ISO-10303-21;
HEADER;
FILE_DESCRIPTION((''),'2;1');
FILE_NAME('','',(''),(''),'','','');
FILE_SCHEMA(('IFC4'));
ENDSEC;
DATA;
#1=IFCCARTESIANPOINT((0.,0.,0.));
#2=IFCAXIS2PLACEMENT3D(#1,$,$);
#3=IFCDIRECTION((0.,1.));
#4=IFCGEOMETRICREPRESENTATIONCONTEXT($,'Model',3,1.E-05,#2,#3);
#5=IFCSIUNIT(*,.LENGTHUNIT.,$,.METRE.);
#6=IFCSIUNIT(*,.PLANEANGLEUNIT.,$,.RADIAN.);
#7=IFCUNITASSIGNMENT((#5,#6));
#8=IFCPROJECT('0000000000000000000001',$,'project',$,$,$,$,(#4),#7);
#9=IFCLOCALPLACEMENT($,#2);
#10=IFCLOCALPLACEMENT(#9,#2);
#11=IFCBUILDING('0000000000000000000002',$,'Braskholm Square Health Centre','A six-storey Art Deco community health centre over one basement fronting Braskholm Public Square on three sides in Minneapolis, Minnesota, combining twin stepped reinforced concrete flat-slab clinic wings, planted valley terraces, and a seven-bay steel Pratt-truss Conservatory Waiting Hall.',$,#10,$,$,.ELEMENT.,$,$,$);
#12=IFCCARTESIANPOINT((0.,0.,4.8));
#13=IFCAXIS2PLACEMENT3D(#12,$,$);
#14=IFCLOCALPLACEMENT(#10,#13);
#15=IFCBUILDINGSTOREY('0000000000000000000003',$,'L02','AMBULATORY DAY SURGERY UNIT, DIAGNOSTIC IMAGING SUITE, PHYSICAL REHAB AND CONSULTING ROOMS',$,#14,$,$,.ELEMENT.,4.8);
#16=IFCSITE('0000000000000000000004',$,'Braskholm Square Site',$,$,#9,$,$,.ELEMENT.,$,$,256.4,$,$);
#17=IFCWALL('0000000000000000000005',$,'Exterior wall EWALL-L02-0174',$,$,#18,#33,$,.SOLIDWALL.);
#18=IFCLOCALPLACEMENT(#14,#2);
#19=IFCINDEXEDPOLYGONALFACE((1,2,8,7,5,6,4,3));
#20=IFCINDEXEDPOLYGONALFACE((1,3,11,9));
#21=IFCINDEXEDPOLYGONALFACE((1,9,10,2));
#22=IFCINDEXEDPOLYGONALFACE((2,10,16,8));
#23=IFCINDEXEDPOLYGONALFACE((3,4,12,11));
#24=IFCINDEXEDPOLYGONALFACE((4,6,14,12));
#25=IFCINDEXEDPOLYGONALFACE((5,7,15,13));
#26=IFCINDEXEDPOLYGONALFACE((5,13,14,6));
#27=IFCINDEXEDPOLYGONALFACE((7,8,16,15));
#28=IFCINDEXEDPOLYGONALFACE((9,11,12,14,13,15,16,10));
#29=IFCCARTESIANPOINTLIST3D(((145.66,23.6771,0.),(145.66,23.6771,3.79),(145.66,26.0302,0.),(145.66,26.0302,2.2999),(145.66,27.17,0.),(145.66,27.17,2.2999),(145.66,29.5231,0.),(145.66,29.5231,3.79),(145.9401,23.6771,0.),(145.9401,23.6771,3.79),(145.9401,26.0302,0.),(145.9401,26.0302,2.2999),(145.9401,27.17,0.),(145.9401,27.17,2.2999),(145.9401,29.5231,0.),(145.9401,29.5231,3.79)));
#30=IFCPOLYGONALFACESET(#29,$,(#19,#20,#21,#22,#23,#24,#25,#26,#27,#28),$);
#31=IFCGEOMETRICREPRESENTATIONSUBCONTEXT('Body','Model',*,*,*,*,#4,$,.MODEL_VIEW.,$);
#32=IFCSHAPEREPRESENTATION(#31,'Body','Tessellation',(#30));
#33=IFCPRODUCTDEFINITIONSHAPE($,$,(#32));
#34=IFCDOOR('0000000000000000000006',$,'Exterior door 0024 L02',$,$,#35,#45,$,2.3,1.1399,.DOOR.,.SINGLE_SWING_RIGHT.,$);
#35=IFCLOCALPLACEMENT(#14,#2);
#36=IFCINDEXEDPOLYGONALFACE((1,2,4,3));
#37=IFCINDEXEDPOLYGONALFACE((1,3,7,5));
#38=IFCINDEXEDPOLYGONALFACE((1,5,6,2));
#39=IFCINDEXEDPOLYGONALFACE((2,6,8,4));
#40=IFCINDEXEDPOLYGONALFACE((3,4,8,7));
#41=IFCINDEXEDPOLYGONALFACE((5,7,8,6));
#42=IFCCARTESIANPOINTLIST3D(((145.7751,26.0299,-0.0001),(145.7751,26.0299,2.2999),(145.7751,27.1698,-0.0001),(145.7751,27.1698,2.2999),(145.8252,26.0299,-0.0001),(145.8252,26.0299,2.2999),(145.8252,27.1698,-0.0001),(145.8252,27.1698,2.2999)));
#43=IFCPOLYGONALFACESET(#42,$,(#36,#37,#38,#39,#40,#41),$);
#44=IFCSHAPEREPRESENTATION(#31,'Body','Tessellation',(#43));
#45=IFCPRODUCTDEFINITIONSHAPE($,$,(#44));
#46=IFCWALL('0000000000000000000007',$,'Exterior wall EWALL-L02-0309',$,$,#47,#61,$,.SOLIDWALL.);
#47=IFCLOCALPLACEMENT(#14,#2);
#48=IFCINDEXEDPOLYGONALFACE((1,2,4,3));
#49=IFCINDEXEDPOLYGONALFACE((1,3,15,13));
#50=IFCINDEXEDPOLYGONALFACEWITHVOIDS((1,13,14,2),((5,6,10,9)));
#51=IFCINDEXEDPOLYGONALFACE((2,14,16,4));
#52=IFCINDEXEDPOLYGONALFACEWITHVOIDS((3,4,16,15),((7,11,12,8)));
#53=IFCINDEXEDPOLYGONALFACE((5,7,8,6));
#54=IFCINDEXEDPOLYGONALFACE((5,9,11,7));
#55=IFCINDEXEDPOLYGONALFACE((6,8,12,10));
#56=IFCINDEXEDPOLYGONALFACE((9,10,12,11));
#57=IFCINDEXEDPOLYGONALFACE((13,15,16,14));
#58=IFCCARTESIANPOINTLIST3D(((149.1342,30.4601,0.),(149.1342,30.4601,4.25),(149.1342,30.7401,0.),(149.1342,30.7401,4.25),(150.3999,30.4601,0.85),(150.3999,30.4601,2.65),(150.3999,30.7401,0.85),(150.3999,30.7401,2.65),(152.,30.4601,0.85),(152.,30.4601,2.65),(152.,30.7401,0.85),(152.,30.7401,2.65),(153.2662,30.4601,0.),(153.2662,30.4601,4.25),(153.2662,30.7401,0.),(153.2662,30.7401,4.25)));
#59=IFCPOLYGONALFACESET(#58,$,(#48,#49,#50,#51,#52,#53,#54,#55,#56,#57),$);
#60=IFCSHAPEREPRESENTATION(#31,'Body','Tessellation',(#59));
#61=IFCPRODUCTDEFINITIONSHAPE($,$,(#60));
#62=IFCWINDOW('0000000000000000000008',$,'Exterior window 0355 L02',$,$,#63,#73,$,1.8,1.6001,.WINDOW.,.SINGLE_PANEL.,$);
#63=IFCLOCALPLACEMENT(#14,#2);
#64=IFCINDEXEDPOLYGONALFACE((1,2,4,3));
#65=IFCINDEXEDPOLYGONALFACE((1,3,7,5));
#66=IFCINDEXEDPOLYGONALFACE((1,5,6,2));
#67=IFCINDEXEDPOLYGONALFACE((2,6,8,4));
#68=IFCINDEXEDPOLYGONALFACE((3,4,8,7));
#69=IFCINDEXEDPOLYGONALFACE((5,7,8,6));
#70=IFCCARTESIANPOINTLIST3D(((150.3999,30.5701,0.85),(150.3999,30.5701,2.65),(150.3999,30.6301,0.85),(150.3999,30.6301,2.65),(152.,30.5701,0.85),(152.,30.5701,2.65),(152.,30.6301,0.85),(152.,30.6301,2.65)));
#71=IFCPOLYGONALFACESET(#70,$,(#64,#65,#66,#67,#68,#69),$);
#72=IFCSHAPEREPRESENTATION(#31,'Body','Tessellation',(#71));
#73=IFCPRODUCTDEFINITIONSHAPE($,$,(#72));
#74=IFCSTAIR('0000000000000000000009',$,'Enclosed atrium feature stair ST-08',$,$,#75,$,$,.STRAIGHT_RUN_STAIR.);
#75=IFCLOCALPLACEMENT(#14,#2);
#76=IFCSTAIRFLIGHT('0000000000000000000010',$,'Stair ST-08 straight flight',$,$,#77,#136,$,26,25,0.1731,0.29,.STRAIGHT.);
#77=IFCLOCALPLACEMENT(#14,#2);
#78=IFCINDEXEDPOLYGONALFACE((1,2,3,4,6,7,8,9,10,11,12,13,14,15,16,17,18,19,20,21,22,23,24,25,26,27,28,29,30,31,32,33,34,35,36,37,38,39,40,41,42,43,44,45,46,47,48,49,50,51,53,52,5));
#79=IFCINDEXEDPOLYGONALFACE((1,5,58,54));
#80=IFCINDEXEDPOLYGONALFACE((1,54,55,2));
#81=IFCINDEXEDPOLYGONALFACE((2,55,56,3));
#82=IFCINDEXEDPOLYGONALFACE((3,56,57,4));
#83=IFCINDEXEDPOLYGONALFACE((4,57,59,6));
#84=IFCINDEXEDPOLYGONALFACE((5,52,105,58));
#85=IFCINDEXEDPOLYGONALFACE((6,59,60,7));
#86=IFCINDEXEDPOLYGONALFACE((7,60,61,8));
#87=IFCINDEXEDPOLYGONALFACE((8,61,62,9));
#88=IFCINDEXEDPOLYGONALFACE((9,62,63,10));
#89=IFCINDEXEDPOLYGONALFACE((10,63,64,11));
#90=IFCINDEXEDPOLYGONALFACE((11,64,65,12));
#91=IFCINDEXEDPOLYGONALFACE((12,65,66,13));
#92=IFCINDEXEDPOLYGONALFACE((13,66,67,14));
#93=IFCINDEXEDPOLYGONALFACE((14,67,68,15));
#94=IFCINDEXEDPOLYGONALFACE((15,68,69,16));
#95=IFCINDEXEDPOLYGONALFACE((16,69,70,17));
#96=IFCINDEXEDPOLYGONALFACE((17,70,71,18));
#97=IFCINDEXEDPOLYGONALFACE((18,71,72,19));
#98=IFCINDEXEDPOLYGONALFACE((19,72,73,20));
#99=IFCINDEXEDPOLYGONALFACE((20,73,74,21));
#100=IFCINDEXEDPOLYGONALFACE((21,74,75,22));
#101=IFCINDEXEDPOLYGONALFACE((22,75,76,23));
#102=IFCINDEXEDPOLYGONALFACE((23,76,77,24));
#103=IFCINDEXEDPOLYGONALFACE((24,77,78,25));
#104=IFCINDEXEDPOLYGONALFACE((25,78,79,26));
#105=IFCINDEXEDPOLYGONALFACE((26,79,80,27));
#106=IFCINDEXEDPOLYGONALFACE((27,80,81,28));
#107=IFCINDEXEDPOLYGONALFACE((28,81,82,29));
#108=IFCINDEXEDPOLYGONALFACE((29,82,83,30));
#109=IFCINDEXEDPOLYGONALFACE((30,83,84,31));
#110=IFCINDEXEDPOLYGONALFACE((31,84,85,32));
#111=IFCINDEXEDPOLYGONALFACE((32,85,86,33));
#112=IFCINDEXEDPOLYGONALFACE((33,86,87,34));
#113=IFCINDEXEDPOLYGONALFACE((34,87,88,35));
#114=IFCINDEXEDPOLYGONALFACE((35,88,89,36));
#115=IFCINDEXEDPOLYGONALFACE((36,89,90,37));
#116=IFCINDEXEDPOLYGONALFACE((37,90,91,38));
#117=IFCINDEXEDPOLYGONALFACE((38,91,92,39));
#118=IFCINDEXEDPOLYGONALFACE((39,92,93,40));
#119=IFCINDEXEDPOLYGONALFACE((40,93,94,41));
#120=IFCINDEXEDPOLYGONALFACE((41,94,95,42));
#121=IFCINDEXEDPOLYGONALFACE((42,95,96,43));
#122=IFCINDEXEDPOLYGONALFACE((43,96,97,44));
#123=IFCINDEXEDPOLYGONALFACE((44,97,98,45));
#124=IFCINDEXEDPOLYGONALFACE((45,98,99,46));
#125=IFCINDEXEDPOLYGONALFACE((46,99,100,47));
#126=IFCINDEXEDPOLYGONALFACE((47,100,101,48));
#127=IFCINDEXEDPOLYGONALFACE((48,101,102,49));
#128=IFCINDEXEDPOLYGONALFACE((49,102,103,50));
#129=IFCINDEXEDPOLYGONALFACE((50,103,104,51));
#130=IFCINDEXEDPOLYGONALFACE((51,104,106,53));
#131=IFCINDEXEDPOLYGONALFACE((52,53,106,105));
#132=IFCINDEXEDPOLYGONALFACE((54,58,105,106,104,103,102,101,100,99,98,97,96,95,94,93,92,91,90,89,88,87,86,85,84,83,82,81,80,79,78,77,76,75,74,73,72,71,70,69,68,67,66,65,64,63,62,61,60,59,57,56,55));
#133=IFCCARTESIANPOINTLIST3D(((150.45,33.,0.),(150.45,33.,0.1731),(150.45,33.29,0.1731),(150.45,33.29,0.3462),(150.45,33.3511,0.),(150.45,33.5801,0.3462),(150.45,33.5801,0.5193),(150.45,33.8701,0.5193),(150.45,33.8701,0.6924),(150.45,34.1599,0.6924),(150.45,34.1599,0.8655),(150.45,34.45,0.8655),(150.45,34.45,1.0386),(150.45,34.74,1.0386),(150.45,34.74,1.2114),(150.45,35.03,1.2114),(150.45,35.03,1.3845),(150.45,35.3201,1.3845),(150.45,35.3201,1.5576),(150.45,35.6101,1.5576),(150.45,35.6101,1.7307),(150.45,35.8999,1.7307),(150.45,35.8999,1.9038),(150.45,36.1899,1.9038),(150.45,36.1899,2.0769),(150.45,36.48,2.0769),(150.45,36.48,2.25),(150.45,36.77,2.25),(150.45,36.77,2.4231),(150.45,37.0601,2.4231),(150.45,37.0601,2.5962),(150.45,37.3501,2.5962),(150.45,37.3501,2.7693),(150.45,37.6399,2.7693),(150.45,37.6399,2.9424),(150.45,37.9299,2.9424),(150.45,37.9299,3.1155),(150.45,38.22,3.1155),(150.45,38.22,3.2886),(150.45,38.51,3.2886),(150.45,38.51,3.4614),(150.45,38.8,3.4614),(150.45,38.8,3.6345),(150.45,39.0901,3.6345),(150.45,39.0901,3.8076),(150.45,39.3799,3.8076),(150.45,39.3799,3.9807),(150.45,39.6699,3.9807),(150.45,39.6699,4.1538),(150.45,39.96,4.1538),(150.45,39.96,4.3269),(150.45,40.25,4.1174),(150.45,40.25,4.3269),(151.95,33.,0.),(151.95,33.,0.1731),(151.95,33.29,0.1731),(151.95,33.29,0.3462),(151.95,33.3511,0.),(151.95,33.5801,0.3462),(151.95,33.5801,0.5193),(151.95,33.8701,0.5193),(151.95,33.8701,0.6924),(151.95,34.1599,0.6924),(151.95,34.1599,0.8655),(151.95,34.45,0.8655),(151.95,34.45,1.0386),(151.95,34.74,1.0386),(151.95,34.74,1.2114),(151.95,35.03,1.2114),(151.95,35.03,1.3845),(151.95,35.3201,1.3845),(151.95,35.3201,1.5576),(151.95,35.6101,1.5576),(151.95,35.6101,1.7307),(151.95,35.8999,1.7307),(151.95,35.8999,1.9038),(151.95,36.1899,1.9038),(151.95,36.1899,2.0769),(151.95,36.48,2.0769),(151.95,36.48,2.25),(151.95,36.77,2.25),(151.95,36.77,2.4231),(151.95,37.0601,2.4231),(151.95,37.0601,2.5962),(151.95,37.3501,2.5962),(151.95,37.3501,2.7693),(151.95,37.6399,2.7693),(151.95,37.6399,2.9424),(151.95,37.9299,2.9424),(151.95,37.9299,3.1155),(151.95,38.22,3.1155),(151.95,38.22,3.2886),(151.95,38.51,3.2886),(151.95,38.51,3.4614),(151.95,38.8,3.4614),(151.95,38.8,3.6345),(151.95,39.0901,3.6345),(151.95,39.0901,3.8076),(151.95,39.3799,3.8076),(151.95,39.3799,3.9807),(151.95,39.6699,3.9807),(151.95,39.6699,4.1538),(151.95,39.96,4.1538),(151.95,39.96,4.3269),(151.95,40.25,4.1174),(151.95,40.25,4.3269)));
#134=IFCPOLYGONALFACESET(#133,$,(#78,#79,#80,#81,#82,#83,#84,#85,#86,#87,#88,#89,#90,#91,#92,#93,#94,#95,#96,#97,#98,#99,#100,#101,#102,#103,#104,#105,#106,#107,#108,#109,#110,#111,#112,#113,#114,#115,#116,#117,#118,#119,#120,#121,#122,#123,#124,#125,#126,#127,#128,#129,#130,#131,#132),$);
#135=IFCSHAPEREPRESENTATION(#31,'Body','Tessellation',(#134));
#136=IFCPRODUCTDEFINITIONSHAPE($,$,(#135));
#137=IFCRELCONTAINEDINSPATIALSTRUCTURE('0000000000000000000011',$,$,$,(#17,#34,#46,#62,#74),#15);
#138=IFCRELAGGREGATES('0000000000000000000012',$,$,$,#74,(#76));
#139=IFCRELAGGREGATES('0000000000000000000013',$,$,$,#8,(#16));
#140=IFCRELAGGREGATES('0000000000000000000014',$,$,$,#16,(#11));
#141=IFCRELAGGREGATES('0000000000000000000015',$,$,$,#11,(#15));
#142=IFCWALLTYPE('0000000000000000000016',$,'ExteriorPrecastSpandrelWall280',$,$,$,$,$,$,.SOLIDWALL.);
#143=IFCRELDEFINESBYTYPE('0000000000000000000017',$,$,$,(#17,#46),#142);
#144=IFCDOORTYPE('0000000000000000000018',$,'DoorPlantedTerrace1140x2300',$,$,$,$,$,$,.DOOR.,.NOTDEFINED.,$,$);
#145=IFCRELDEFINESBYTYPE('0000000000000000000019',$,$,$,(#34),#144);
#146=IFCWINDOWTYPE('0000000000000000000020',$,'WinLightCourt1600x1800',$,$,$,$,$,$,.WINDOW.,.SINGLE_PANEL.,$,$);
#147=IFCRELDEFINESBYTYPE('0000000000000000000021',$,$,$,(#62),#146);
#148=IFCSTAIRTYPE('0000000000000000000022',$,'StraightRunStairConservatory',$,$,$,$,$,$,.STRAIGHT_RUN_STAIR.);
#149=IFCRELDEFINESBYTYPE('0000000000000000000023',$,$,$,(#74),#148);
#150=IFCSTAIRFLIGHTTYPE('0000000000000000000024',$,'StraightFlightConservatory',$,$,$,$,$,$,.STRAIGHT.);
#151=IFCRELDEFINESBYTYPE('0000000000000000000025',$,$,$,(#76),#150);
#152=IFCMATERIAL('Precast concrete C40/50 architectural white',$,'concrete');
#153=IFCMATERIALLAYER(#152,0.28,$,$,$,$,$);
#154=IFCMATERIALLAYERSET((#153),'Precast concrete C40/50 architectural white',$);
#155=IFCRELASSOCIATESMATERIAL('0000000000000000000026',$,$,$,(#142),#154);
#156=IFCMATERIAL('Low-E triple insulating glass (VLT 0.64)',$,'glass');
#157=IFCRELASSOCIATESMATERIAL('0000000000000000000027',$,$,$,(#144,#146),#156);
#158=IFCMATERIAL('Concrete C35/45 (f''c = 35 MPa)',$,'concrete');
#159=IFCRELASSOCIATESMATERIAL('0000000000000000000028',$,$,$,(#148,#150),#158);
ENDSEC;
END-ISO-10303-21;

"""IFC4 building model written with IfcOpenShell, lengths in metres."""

from ifc_helpers import new_model, si_unit, direction, frame, frame_2d, origin, origin_with_axes, place, context, subcontext, project, spatial, polyline, rectangle, outline, extrude, material, layer, layer_set, type_object, element, fill, aggregate, save


model = new_model("IFC4")

# Units and contexts
model_context = context("Model", 3, precision=1e-05, world=origin(), true_north=direction((0.0, 1.0)))
body_context = subcontext(model_context, "Body", "Model", "MODEL_VIEW")
ifc_project = project(units=[si_unit("LENGTHUNIT", "METRE"), si_unit("PLANEANGLEUNIT", "RADIAN")], contexts=[model_context])

# Site, building, storey
site_placement = place(None, origin())
site = spatial("IfcSite", under=ifc_project, at=site_placement, Name="Braskholm Square Site", CompositionType="ELEMENT", RefElevation=256.4)
building_placement = place(site_placement, origin())
building = spatial("IfcBuilding", under=site, at=building_placement, Name="Braskholm Square Health Centre", Description="A six-storey Art Deco community health centre over one basement fronting Braskholm Public Square on three sides in Minneapolis, Minnesota, combining twin stepped reinforced concrete flat-slab clinic wings, planted valley terraces, and a seven-bay steel Pratt-truss Conservatory Waiting Hall.", CompositionType="ELEMENT")
storey_placement = place(building_placement, frame((0.0, 0.0, 4.8)))
storey = spatial("IfcBuildingStorey", under=building, at=storey_placement, Name="L02", Description="AMBULATORY DAY SURGERY UNIT, DIAGNOSTIC IMAGING SUITE, PHYSICAL REHAB AND CONSULTING ROOMS", CompositionType="ELEMENT", Elevation=4.8)

# Shared definitions
ifc_material_1 = material(Name="Low-E triple insulating glass (VLT 0.64)", Category="glass")

# Shared definitions
ifc_material_2 = material(Name="Concrete C35/45 (f'c = 35 MPa)", Category="concrete")
ifc_material_3 = material(Name="Precast concrete C40/50 architectural white", Category="concrete")

# Wall, opening, door
ifc_layer_1 = layer(ifc_material_3, 0.28)
ifc_layer_set_1 = layer_set([ifc_layer_1], Name="Precast concrete C40/50 architectural white")
wall_type_1 = type_object("IfcWallType", Name="ExteriorPrecastSpandrelWall280", PredefinedType="SOLIDWALL", material=ifc_layer_set_1)
wall_1_placement = place(storey_placement, frame((145.8, 29.5229, 0.0), z_axis=(0.0, 0.0, 1.0), x_axis=(0.0, -1.0, 0.0)))
wall_1 = element("IfcWall", 1, at=wall_1_placement, inside=storey, type_object=wall_type_1, Name="Exterior wall EWALL-L02-0174", PredefinedType="SOLIDWALL", context=body_context, shape_type="SweptSolid", body=[
    extrude(rectangle(XDim=5.8459, YDim=0.28, at=frame_2d((2.9229, 0.0))), origin(), (0.0, 0.0, 1.0), 3.79),
])
opening_1_placement = place(wall_1_placement, frame((2.353, 0.0, 0.0)))
opening_1 = element("IfcOpeningElement", 2, at=opening_1_placement, cuts=wall_1, PredefinedType="OPENING", context=body_context, shape_type="SweptSolid", body=[
    extrude(rectangle(XDim=1.1399, YDim=2.3, at=frame_2d((0.5698, 1.1499))), frame((0.0, 0.1499, 0.0), z_axis=(0.0, -1.0, 0.0), x_axis=(1.0, 0.0, 0.0)), (0.0, 0.0, 1.0), 0.3),
])
door_type = type_object("IfcDoorType", Name="DoorPlantedTerrace1140x2300", OperationType="NOTDEFINED", PredefinedType="DOOR", material=ifc_material_1)
door_placement = place(opening_1_placement, frame((1.1399, 0.0, 0.0), z_axis=(0.0, 0.0, 1.0), x_axis=(-1.0, 0.0, 0.0)))
door = element("IfcDoor", 3, at=door_placement, inside=storey, type_object=door_type, Name="Exterior door 0024 L02", OperationType="SINGLE_SWING_RIGHT", OverallHeight=2.3, OverallWidth=1.1399, PredefinedType="DOOR", context=body_context, shape_type="SweptSolid", body=[
    extrude(rectangle(XDim=1.1399, YDim=2.3, at=frame_2d((0.5698, 1.1499))), frame((0.0, 0.0249, 0.0), z_axis=(0.0, -1.0, 0.0), x_axis=(1.0, 0.0, 0.0)), (0.0, 0.0, 1.0), 0.05),
])
fill(opening_1, door)

# Wall, opening, window
wall_2_placement = place(storey_placement, frame((153.2661, 30.6001, 0.0), z_axis=(0.0, 0.0, 1.0), x_axis=(-1.0, 0.0, 0.0)))
wall_2 = element("IfcWall", 4, at=wall_2_placement, inside=storey, type_object=wall_type_1, Name="Exterior wall EWALL-L02-0309", PredefinedType="SOLIDWALL", context=body_context, shape_type="SweptSolid", body=[
    extrude(rectangle(XDim=4.1321, YDim=0.28, at=frame_2d((2.0659, 0.0))), origin(), (0.0, 0.0, 1.0), 4.25),
])
opening_2_placement = place(wall_2_placement, frame((1.2661, 0.0, 0.8501)))
opening_2 = element("IfcOpeningElement", 5, at=opening_2_placement, cuts=wall_2, PredefinedType="OPENING", context=body_context, shape_type="SweptSolid", body=[
    extrude(rectangle(XDim=1.6001, YDim=1.8, at=frame_2d((0.8, 0.8999))), frame((0.0, 0.1499, 0.0), z_axis=(0.0, -1.0, 0.0), x_axis=(1.0, 0.0, 0.0)), (0.0, 0.0, 1.0), 0.3),
])
window_type = type_object("IfcWindowType", Name="WinLightCourt1600x1800", PartitioningType="SINGLE_PANEL", PredefinedType="WINDOW", material=ifc_material_1)
window_placement = place(opening_2_placement, origin_with_axes())
window = element("IfcWindow", 6, at=window_placement, inside=storey, type_object=window_type, Name="Exterior window 0355 L02", OverallHeight=1.8, OverallWidth=1.6001, PartitioningType="SINGLE_PANEL", PredefinedType="WINDOW", context=body_context, shape_type="SweptSolid", body=[
    extrude(rectangle(XDim=1.6001, YDim=1.8, at=frame_2d((0.8, 0.8999))), frame((0.0, 0.03, 0.0), z_axis=(0.0, -1.0, 0.0), x_axis=(1.0, 0.0, 0.0)), (0.0, 0.0, 1.0), 0.0601),
])
fill(opening_2, window)

# Stair, stair flight
stair_type = type_object("IfcStairType", Name="StraightRunStairConservatory", PredefinedType="STRAIGHT_RUN_STAIR", material=ifc_material_2)
stair_placement = place(storey_placement, origin())
stair = element("IfcStair", 7, at=stair_placement, inside=storey, type_object=stair_type, Name="Enclosed atrium feature stair ST-08", PredefinedType="STRAIGHT_RUN_STAIR")
stair_flight_type = type_object("IfcStairFlightType", Name="StraightFlightConservatory", PredefinedType="STRAIGHT", material=ifc_material_2)
stair_flight_placement = place(storey_placement, frame((151.2, 33.0, 0.0), z_axis=(0.0, 0.0, 1.0), x_axis=(0.0, 1.0, 0.0)))
stair_flight = element("IfcStairFlight", 8, at=stair_flight_placement, type_object=stair_flight_type, Name="Stair ST-08 straight flight", NumberOfRisers=26, NumberOfTreads=25, PredefinedType="STRAIGHT", RiserHeight=0.1731, TreadLength=0.29, context=body_context, shape_type="SweptSolid", body=[
    extrude(outline(polyline([(0.0, 0.0), (0.0, 0.1731), (0.29, 0.1731), (0.29, 0.3462), (0.5801, 0.3462), (0.5801, 0.5193), (0.8701, 0.5193), (0.8701, 0.6924), (1.1599, 0.6924), (1.1599, 0.8655), (1.45, 0.8655), (1.45, 1.0386), (1.74, 1.0386), (1.74, 1.2114), (2.03, 1.2114), (2.03, 1.3845), (2.3201, 1.3845), (2.3201, 1.5576), (2.6101, 1.5576), (2.6101, 1.7307), (2.8999, 1.7307), (2.8999, 1.9038), (3.1899, 1.9038), (3.1899, 2.0769), (3.48, 2.0769), (3.48, 2.25), (3.77, 2.25), (3.77, 2.4231), (4.0601, 2.4231), (4.0601, 2.5962), (4.3501, 2.5962), (4.3501, 2.7693), (4.6399, 2.7693), (4.6399, 2.9424), (4.9299, 2.9424), (4.9299, 3.1155), (5.22, 3.1155), (5.22, 3.2886), (5.51, 3.2886), (5.51, 3.4614), (5.8, 3.4614), (5.8, 3.6345), (6.0901, 3.6345), (6.0901, 3.8076), (6.3799, 3.8076), (6.3799, 3.9807), (6.6699, 3.9807), (6.6699, 4.1538), (6.96, 4.1538), (6.96, 4.3269), (7.25, 4.3269), (7.25, 4.5), (7.25, 4.1174), (0.3511, 0.0), (0.0, 0.0)])), frame((0.0, 0.75, 0.0), z_axis=(0.0, -1.0, 0.0), x_axis=(1.0, 0.0, 0.0)), (0.0, 0.0, 1.0), 1.5),
])
aggregate(stair, [stair_flight])

save(model, "model.ifc")
